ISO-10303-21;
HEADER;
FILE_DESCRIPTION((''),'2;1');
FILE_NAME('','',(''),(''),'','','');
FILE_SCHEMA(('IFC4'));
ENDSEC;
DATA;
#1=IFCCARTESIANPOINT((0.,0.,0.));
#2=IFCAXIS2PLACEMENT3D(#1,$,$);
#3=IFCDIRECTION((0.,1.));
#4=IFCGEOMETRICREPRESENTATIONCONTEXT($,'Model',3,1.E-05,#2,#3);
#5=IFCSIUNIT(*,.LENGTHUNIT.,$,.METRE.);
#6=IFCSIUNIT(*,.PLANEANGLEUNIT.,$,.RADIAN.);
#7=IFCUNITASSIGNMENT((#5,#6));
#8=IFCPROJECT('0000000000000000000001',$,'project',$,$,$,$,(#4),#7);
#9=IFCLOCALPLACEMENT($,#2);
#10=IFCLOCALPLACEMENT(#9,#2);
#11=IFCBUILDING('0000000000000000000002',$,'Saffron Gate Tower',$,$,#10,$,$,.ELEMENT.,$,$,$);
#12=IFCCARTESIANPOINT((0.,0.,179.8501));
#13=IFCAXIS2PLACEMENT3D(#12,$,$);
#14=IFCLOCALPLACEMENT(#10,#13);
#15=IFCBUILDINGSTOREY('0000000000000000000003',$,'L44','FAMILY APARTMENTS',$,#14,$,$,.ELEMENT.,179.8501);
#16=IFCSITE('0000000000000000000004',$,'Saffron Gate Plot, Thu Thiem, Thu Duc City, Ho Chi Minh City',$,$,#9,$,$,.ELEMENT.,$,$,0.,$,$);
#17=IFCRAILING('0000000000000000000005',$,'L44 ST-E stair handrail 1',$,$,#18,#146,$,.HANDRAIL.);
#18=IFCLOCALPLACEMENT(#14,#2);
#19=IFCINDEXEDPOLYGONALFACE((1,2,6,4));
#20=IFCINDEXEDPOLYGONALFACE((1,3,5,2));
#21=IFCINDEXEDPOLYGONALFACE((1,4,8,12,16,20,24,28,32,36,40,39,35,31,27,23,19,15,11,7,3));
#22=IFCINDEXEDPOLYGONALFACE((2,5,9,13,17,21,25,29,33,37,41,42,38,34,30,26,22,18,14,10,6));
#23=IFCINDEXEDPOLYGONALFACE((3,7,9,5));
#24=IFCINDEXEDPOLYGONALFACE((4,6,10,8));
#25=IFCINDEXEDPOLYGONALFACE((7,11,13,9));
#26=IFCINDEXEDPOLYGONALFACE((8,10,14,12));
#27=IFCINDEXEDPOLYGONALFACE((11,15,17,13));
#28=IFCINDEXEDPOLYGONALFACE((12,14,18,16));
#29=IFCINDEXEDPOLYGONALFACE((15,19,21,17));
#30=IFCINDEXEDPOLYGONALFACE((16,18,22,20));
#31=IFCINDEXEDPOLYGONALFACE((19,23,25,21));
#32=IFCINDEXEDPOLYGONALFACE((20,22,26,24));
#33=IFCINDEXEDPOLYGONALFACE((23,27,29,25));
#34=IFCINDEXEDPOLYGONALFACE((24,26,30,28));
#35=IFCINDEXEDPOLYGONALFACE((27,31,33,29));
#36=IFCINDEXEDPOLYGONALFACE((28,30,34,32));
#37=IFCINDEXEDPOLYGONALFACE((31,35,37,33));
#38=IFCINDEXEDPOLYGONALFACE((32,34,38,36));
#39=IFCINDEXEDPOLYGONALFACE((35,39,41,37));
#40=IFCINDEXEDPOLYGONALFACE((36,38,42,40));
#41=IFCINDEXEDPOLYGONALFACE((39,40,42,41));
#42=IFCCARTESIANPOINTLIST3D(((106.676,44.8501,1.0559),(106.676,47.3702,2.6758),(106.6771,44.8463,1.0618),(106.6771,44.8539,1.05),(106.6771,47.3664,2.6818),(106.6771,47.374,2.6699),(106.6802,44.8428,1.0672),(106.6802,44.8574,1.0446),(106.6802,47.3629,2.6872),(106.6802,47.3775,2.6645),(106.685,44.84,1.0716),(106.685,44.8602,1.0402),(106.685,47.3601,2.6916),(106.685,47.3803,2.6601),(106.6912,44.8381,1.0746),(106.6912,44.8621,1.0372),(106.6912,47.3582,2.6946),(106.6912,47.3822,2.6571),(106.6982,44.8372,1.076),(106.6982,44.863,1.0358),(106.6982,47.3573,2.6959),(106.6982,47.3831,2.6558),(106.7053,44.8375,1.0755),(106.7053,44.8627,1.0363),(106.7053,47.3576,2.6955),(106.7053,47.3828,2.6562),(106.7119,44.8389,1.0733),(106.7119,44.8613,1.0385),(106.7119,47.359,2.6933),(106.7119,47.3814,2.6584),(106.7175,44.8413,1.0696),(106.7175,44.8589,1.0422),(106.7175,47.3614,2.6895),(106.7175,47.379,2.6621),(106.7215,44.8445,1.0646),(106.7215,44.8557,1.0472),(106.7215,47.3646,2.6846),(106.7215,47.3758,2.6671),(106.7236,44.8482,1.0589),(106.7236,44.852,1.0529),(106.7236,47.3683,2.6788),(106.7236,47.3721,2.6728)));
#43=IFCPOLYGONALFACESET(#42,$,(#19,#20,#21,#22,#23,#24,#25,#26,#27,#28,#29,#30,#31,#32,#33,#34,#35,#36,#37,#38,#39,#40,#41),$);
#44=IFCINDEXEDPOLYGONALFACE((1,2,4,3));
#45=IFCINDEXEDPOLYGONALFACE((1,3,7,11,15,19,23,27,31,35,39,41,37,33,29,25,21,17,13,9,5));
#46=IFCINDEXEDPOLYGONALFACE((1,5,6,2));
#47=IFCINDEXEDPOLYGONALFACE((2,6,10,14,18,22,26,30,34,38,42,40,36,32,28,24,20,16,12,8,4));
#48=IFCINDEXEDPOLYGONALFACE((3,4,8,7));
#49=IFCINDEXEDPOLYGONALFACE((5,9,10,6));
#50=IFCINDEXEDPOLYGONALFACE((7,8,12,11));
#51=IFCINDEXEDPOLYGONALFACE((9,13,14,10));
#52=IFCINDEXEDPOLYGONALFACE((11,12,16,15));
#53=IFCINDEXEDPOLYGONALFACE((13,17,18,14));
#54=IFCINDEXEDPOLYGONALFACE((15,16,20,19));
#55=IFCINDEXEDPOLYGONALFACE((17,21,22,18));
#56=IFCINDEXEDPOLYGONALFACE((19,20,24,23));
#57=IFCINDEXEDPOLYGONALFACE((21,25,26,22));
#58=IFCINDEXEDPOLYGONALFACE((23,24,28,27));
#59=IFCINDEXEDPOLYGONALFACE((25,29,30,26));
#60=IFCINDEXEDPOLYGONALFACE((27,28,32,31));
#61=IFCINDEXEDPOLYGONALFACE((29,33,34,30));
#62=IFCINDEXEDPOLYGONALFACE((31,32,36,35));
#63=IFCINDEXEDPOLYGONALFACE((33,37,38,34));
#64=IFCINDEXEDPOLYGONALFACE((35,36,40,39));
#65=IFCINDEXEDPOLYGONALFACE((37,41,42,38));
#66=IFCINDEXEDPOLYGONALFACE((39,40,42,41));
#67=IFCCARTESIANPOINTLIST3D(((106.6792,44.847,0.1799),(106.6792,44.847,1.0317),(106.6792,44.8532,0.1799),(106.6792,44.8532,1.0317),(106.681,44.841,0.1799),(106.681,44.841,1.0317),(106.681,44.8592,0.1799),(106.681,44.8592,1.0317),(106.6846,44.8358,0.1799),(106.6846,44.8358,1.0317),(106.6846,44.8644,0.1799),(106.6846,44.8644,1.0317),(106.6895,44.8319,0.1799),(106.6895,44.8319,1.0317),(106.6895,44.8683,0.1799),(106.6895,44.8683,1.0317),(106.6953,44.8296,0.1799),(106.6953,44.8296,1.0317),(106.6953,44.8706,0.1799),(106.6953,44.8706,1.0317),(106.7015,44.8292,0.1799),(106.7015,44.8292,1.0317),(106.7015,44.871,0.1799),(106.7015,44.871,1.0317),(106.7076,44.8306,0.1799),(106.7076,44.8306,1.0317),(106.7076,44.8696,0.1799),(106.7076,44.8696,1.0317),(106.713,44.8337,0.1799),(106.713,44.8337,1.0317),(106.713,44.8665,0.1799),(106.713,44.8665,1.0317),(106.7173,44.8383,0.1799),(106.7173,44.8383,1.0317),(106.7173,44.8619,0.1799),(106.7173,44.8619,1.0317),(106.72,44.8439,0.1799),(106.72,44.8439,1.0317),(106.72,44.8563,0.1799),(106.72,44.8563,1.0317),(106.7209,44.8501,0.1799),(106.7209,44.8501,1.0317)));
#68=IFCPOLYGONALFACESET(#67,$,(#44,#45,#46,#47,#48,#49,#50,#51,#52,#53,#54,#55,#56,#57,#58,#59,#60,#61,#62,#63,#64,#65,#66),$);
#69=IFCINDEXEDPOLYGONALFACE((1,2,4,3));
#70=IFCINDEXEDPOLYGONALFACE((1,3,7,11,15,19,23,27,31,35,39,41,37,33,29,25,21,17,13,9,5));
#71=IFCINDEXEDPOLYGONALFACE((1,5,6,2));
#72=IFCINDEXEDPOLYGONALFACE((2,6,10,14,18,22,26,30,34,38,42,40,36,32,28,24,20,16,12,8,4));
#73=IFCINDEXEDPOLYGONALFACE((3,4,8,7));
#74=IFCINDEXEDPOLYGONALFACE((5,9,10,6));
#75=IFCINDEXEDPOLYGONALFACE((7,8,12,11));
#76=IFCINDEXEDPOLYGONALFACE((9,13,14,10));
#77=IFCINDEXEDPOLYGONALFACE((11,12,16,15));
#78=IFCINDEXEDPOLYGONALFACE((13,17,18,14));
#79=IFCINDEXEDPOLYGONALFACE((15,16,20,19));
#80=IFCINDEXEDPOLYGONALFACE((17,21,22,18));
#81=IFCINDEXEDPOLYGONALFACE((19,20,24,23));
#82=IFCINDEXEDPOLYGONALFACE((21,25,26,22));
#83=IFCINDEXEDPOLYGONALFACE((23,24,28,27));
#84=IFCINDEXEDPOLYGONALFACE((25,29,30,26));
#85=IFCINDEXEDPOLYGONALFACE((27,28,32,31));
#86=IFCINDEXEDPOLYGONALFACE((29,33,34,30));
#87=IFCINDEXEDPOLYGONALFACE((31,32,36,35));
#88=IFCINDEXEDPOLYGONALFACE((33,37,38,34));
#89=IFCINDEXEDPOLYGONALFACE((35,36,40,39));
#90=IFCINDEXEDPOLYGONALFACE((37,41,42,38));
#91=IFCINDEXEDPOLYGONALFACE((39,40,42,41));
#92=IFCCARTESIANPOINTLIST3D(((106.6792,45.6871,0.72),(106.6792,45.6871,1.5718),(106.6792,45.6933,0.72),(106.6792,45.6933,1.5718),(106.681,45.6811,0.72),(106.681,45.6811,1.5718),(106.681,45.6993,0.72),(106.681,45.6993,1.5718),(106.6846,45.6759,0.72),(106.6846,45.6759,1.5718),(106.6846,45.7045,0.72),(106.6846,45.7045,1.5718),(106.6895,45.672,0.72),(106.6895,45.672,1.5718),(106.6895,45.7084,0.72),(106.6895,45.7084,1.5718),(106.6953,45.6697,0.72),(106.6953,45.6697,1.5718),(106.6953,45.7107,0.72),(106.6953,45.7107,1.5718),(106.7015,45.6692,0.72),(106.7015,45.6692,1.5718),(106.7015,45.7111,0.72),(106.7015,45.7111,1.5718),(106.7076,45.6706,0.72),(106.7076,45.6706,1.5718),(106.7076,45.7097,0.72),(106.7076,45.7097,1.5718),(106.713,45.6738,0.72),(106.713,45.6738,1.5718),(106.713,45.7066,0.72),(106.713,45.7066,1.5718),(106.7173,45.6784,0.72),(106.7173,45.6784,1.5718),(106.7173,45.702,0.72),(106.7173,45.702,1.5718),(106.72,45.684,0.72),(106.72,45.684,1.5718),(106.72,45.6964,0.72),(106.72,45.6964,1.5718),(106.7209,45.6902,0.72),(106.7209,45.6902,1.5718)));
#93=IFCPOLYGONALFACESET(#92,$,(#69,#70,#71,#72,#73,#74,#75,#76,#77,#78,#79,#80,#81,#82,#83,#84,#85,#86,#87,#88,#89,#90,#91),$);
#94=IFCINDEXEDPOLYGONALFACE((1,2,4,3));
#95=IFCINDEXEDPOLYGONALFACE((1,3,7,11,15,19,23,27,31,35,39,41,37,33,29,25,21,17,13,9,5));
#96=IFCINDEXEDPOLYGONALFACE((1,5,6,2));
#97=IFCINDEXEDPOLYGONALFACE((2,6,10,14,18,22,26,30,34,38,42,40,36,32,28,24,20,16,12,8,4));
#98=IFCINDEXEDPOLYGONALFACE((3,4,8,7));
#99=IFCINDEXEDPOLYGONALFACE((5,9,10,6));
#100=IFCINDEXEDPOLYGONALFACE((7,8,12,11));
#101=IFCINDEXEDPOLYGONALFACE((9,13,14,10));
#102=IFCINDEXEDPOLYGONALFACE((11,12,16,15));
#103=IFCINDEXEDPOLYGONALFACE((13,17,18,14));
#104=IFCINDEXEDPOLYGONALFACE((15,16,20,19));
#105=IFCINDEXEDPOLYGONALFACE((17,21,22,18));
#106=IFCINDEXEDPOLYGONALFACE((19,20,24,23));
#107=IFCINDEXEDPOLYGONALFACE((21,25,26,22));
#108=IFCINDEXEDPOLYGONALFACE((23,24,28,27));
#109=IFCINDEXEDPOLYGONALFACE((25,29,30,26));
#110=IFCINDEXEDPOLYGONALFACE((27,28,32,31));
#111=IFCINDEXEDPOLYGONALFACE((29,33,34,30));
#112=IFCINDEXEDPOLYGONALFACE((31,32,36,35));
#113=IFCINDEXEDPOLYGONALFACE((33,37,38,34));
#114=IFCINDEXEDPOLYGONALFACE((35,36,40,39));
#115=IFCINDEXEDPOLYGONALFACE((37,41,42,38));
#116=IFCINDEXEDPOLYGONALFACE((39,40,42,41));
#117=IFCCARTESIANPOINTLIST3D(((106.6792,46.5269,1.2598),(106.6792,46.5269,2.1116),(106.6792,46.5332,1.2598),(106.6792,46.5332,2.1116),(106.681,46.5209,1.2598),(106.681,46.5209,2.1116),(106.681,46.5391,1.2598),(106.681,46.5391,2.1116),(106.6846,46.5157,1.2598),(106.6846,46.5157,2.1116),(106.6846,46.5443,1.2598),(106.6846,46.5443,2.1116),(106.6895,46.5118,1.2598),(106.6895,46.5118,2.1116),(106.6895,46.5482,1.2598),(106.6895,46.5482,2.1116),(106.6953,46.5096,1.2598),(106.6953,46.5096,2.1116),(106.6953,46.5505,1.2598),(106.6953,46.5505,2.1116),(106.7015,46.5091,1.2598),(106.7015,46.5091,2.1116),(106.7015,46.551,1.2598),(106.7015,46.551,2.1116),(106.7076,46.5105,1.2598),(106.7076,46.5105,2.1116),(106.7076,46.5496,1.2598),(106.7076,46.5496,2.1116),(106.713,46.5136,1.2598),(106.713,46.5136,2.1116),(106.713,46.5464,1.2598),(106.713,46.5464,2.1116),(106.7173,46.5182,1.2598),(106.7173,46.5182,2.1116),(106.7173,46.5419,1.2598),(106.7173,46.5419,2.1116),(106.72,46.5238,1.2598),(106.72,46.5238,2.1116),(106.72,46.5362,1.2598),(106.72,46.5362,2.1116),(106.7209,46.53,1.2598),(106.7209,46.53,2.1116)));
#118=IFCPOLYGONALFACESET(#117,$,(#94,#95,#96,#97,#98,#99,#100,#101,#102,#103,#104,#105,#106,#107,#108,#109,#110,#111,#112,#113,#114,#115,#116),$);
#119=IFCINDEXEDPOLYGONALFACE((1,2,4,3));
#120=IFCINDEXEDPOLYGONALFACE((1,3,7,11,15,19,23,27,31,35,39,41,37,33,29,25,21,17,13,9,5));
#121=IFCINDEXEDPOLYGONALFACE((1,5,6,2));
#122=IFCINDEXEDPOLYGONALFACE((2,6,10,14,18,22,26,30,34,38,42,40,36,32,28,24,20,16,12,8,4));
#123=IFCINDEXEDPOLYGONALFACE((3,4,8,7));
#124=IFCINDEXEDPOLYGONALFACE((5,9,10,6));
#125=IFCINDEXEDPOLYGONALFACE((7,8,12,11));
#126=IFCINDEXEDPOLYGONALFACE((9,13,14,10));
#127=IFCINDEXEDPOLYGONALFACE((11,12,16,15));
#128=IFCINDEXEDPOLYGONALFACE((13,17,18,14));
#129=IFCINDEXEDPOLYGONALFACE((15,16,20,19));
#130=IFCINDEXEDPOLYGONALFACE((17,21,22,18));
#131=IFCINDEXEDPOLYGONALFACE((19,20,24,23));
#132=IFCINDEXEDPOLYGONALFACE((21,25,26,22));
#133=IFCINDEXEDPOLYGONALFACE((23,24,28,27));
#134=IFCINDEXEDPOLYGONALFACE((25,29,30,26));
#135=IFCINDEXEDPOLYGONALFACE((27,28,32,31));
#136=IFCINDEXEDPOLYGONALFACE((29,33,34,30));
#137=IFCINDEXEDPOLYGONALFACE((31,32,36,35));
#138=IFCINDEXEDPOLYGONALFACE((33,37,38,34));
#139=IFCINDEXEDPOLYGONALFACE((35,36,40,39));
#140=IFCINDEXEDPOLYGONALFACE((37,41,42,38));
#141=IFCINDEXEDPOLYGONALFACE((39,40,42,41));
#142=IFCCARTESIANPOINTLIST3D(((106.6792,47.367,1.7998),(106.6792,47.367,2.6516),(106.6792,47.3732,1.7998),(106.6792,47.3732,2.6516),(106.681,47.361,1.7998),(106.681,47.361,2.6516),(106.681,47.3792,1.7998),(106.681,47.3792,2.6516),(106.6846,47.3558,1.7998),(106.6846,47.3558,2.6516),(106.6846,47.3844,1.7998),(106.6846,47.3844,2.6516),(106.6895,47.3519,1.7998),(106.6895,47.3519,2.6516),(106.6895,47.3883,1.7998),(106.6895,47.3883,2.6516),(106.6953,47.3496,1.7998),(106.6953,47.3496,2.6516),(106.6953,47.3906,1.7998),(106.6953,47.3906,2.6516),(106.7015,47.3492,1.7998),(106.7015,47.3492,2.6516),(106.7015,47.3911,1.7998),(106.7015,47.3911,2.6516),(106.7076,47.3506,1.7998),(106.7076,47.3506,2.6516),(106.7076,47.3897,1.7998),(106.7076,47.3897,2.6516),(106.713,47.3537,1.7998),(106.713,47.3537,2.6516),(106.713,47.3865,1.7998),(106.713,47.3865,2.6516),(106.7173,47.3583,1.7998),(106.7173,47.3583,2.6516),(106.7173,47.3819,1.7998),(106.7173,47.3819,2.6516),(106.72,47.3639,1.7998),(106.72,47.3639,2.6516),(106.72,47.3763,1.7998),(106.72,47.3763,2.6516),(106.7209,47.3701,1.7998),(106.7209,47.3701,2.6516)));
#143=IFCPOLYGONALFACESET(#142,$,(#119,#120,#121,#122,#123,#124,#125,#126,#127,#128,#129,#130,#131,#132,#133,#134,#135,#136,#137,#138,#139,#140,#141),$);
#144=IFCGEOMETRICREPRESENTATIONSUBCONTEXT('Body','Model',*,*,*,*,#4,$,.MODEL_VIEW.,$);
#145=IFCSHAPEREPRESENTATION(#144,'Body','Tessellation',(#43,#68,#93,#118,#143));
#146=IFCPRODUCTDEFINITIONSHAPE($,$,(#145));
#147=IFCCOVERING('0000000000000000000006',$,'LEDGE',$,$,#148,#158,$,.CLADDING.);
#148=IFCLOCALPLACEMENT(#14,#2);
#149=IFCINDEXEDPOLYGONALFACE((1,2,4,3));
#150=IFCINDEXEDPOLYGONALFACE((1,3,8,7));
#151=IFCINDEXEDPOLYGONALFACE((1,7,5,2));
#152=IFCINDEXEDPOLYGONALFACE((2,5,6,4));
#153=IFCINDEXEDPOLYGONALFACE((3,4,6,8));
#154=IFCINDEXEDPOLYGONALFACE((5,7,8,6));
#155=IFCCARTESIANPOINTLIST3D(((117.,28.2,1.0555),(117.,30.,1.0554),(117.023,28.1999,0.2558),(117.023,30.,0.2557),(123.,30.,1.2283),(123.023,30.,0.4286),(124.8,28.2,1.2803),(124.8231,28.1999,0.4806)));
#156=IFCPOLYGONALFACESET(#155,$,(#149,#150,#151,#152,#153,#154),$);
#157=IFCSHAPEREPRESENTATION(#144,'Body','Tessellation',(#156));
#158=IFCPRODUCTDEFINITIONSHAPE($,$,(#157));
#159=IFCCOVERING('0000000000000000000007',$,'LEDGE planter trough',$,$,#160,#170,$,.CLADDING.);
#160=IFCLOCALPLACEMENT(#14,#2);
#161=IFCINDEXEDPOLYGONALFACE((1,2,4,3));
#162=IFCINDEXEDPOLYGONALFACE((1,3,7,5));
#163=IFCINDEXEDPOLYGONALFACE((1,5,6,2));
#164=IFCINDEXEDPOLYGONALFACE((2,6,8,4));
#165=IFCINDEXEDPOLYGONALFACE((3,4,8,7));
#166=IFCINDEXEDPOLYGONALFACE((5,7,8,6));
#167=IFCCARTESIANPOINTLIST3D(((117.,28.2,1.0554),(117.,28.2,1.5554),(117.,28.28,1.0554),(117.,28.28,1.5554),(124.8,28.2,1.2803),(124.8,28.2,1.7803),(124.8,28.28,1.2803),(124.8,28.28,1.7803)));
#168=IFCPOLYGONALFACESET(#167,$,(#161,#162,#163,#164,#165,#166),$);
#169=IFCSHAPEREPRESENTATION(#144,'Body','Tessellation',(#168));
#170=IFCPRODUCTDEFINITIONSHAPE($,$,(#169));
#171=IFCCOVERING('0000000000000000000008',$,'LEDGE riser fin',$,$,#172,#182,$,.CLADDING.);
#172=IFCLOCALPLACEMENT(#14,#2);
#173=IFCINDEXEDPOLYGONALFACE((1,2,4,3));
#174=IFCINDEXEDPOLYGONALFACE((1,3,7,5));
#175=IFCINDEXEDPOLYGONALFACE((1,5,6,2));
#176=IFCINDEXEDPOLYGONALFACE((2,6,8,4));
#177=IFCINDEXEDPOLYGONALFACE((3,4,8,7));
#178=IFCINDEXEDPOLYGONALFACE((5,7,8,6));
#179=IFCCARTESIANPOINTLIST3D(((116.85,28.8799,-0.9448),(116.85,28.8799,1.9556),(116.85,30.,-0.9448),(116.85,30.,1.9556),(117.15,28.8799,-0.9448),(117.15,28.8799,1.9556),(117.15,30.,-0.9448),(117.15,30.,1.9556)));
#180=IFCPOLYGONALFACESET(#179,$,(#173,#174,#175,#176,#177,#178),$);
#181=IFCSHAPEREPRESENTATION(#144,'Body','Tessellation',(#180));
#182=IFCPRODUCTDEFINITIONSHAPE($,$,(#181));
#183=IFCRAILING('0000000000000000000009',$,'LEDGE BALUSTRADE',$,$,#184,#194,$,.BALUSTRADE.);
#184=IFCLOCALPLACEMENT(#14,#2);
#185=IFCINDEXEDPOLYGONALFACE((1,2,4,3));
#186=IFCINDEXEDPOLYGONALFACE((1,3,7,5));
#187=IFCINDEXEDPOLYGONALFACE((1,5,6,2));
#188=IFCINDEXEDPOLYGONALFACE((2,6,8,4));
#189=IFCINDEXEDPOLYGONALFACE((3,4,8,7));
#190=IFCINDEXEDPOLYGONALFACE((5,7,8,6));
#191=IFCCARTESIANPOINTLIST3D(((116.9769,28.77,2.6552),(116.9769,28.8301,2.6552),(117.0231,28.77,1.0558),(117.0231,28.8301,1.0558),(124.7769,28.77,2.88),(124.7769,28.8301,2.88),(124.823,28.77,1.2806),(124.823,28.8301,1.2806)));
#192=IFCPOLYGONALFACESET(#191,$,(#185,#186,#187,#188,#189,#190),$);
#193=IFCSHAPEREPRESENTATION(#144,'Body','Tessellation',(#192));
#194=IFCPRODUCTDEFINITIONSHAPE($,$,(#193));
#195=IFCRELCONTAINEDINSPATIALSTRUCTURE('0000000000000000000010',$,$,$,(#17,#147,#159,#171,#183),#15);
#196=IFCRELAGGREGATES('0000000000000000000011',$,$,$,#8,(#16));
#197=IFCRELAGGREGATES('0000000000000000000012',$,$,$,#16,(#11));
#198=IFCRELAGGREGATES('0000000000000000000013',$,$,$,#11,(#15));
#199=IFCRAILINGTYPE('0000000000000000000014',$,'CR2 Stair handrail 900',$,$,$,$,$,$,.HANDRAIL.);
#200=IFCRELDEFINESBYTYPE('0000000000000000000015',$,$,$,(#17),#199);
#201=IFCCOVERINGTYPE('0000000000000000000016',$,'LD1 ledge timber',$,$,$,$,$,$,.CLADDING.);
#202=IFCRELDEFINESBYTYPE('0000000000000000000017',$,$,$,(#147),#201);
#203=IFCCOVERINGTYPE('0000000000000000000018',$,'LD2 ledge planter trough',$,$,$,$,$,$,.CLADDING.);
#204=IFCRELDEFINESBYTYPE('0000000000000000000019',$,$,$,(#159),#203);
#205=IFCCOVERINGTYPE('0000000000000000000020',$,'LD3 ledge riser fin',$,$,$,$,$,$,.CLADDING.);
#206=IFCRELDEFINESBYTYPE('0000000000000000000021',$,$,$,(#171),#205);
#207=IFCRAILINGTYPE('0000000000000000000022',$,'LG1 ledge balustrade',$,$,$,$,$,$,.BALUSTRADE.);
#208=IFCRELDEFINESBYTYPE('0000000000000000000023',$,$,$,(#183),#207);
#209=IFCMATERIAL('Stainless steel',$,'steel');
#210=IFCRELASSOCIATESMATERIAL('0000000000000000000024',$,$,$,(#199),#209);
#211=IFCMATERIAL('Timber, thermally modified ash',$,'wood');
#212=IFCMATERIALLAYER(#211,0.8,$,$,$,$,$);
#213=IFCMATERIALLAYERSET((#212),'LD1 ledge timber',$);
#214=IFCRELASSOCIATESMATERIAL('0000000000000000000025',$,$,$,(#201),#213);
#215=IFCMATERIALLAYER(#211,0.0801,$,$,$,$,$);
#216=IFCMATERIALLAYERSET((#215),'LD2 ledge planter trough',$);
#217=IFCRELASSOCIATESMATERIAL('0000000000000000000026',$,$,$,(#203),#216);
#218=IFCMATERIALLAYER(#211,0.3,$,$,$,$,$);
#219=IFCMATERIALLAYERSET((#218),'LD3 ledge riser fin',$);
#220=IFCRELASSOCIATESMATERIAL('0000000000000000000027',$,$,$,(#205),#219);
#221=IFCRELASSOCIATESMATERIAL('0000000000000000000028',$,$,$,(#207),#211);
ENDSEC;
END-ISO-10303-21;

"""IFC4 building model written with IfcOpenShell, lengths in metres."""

from ifc_helpers import new_model, si_unit, direction, frame, origin, origin_2d, place, context, subcontext, project, spatial, polyline, rectangle, circle, outline, extrude, material, layer, layer_set, type_object, element, save


model = new_model("IFC4")

# Units and contexts
model_context = context("Model", 3, precision=1e-05, world=origin(), true_north=direction((0.0, 1.0)))
body_context = subcontext(model_context, "Body", "Model", "MODEL_VIEW")
ifc_project = project(units=[si_unit("LENGTHUNIT", "METRE"), si_unit("PLANEANGLEUNIT", "RADIAN")], contexts=[model_context])

# Site, building, storey
site_placement = place(None, origin())
site = spatial("IfcSite", under=ifc_project, at=site_placement, Name="Saffron Gate Plot, Thu Thiem, Thu Duc City, Ho Chi Minh City", CompositionType="ELEMENT", RefElevation=0.0)
building_placement = place(site_placement, origin())
building = spatial("IfcBuilding", under=site, at=building_placement, Name="Saffron Gate Tower", CompositionType="ELEMENT")
storey_placement = place(building_placement, frame((0.0, 0.0, 179.8501)))
storey = spatial("IfcBuildingStorey", under=building, at=storey_placement, Name="L44", Description="FAMILY APARTMENTS", CompositionType="ELEMENT", Elevation=179.8501)

# Railing
ifc_material_1 = material(Name="Stainless steel", Category="steel")
railing_type_1 = type_object("IfcRailingType", Name="CR2 Stair handrail 900", PredefinedType="HANDRAIL", material=ifc_material_1)
railing_1_placement = place(storey_placement, frame((106.7, 44.8501, 0.1799)))
element("IfcRailing", 1, at=railing_1_placement, inside=storey, type_object=railing_type_1, Name="L44 ST-E stair handrail 1", PredefinedType="HANDRAIL", context=body_context, shape_type="SweptSolid", body=[
    extrude(circle(Radius=0.0239, at=origin_2d()), frame((0.0, 0.0, 0.876), z_axis=(0.0, 0.8412, 0.540725), x_axis=(-1.0, 0.0, 0.0)), (0.0, 0.0, 1.0), 2.9958),
    extrude(circle(Radius=0.021, at=origin_2d()), origin(), (0.0, 0.0, 1.0), 0.8518),
    extrude(circle(Radius=0.021, at=origin_2d()), frame((0.0, 0.8401, 0.54)), (0.0, 0.0, 1.0), 0.8518),
    extrude(circle(Radius=0.021, at=origin_2d()), frame((0.0, 1.6799, 1.0798)), (0.0, 0.0, 1.0), 0.8518),
    extrude(circle(Radius=0.021, at=origin_2d()), frame((0.0, 2.52, 1.6199)), (0.0, 0.0, 1.0), 0.8518),
])

# Coverings
ifc_material_2 = material(Name="Timber, thermally modified ash", Category="wood")
ifc_layer_1 = layer(ifc_material_2, 0.8)
ifc_layer_set_1 = layer_set([ifc_layer_1], Name="LD1 ledge timber")
covering_type_1 = type_object("IfcCoveringType", Name="LD1 ledge timber", PredefinedType="CLADDING", material=ifc_layer_set_1)
covering_1_placement = place(storey_placement, frame((117.0, 30.0, 1.0554), z_axis=(-0.028807, 0.000035, 0.999585), x_axis=(0.999585, 0.0, 0.028807)))
element("IfcCovering", 2, at=covering_1_placement, inside=storey, type_object=covering_type_1, Name="LEDGE", PredefinedType="CLADDING", context=body_context, shape_type="SweptSolid", body=[
    extrude(outline(polyline([(0.0, 0.0), (6.0025, 0.0), (7.8033, -1.8), (0.0, -1.8), (0.0, 0.0)])), origin(), (0.0, 0.0, -1.0), 0.8),
])
ifc_layer_2 = layer(ifc_material_2, 0.0801)
ifc_layer_set_2 = layer_set([ifc_layer_2], Name="LD2 ledge planter trough")
covering_type_2 = type_object("IfcCoveringType", Name="LD2 ledge planter trough", PredefinedType="CLADDING", material=ifc_layer_set_2)
covering_2_placement = place(storey_placement, frame((117.0, 28.2, 1.0554), z_axis=(0.0, -1.0, 0.0), x_axis=(0.999585, 0.0, 0.028815)))
element("IfcCovering", 3, at=covering_2_placement, inside=storey, type_object=covering_type_2, Name="LEDGE planter trough", PredefinedType="CLADDING", context=body_context, shape_type="SweptSolid", body=[
    extrude(outline(polyline([(0.0, 0.0), (7.8033, 0.0), (7.8177, 0.4998), (0.0144, 0.4998), (0.0, 0.0)])), origin(), (0.0, 0.0, -1.0), 0.0801),
])
ifc_layer_3 = layer(ifc_material_2, 0.3)
ifc_layer_set_3 = layer_set([ifc_layer_3], Name="LD3 ledge riser fin")
covering_type_3 = type_object("IfcCoveringType", Name="LD3 ledge riser fin", PredefinedType="CLADDING", material=ifc_layer_set_3)
covering_3_placement = place(storey_placement, frame((117.0, 29.4399, -0.9448), z_axis=(0.0, 0.0, 1.0), x_axis=(1.0, 0.0, 0.0)))
element("IfcCovering", 4, at=covering_3_placement, inside=storey, type_object=covering_type_3, Name="LEDGE riser fin", PredefinedType="CLADDING", context=body_context, shape_type="SweptSolid", body=[
    extrude(rectangle(XDim=0.3, YDim=1.1201, at=origin_2d()), origin(), (0.0, 0.0, 1.0), 2.9004),
])

# Railing
railing_type_2 = type_object("IfcRailingType", Name="LG1 ledge balustrade", PredefinedType="BALUSTRADE", material=ifc_material_2)
railing_2_placement = place(storey_placement, frame((117.0, 28.8, 1.0554)))
element("IfcRailing", 5, at=railing_2_placement, inside=storey, type_object=railing_type_2, Name="LEDGE BALUSTRADE", PredefinedType="BALUSTRADE", context=body_context, shape_type="SweptSolid", body=[
    extrude(rectangle(XDim=0.0601, YDim=1.6001, at=origin_2d()), frame((0.0, 0.0, 0.8), z_axis=(0.999585, 0.0, 0.028815), x_axis=(0.0, 1.0, 0.0)), (0.0, 0.0, 1.0), 7.8032),
])

save(model, "model.ifc")
